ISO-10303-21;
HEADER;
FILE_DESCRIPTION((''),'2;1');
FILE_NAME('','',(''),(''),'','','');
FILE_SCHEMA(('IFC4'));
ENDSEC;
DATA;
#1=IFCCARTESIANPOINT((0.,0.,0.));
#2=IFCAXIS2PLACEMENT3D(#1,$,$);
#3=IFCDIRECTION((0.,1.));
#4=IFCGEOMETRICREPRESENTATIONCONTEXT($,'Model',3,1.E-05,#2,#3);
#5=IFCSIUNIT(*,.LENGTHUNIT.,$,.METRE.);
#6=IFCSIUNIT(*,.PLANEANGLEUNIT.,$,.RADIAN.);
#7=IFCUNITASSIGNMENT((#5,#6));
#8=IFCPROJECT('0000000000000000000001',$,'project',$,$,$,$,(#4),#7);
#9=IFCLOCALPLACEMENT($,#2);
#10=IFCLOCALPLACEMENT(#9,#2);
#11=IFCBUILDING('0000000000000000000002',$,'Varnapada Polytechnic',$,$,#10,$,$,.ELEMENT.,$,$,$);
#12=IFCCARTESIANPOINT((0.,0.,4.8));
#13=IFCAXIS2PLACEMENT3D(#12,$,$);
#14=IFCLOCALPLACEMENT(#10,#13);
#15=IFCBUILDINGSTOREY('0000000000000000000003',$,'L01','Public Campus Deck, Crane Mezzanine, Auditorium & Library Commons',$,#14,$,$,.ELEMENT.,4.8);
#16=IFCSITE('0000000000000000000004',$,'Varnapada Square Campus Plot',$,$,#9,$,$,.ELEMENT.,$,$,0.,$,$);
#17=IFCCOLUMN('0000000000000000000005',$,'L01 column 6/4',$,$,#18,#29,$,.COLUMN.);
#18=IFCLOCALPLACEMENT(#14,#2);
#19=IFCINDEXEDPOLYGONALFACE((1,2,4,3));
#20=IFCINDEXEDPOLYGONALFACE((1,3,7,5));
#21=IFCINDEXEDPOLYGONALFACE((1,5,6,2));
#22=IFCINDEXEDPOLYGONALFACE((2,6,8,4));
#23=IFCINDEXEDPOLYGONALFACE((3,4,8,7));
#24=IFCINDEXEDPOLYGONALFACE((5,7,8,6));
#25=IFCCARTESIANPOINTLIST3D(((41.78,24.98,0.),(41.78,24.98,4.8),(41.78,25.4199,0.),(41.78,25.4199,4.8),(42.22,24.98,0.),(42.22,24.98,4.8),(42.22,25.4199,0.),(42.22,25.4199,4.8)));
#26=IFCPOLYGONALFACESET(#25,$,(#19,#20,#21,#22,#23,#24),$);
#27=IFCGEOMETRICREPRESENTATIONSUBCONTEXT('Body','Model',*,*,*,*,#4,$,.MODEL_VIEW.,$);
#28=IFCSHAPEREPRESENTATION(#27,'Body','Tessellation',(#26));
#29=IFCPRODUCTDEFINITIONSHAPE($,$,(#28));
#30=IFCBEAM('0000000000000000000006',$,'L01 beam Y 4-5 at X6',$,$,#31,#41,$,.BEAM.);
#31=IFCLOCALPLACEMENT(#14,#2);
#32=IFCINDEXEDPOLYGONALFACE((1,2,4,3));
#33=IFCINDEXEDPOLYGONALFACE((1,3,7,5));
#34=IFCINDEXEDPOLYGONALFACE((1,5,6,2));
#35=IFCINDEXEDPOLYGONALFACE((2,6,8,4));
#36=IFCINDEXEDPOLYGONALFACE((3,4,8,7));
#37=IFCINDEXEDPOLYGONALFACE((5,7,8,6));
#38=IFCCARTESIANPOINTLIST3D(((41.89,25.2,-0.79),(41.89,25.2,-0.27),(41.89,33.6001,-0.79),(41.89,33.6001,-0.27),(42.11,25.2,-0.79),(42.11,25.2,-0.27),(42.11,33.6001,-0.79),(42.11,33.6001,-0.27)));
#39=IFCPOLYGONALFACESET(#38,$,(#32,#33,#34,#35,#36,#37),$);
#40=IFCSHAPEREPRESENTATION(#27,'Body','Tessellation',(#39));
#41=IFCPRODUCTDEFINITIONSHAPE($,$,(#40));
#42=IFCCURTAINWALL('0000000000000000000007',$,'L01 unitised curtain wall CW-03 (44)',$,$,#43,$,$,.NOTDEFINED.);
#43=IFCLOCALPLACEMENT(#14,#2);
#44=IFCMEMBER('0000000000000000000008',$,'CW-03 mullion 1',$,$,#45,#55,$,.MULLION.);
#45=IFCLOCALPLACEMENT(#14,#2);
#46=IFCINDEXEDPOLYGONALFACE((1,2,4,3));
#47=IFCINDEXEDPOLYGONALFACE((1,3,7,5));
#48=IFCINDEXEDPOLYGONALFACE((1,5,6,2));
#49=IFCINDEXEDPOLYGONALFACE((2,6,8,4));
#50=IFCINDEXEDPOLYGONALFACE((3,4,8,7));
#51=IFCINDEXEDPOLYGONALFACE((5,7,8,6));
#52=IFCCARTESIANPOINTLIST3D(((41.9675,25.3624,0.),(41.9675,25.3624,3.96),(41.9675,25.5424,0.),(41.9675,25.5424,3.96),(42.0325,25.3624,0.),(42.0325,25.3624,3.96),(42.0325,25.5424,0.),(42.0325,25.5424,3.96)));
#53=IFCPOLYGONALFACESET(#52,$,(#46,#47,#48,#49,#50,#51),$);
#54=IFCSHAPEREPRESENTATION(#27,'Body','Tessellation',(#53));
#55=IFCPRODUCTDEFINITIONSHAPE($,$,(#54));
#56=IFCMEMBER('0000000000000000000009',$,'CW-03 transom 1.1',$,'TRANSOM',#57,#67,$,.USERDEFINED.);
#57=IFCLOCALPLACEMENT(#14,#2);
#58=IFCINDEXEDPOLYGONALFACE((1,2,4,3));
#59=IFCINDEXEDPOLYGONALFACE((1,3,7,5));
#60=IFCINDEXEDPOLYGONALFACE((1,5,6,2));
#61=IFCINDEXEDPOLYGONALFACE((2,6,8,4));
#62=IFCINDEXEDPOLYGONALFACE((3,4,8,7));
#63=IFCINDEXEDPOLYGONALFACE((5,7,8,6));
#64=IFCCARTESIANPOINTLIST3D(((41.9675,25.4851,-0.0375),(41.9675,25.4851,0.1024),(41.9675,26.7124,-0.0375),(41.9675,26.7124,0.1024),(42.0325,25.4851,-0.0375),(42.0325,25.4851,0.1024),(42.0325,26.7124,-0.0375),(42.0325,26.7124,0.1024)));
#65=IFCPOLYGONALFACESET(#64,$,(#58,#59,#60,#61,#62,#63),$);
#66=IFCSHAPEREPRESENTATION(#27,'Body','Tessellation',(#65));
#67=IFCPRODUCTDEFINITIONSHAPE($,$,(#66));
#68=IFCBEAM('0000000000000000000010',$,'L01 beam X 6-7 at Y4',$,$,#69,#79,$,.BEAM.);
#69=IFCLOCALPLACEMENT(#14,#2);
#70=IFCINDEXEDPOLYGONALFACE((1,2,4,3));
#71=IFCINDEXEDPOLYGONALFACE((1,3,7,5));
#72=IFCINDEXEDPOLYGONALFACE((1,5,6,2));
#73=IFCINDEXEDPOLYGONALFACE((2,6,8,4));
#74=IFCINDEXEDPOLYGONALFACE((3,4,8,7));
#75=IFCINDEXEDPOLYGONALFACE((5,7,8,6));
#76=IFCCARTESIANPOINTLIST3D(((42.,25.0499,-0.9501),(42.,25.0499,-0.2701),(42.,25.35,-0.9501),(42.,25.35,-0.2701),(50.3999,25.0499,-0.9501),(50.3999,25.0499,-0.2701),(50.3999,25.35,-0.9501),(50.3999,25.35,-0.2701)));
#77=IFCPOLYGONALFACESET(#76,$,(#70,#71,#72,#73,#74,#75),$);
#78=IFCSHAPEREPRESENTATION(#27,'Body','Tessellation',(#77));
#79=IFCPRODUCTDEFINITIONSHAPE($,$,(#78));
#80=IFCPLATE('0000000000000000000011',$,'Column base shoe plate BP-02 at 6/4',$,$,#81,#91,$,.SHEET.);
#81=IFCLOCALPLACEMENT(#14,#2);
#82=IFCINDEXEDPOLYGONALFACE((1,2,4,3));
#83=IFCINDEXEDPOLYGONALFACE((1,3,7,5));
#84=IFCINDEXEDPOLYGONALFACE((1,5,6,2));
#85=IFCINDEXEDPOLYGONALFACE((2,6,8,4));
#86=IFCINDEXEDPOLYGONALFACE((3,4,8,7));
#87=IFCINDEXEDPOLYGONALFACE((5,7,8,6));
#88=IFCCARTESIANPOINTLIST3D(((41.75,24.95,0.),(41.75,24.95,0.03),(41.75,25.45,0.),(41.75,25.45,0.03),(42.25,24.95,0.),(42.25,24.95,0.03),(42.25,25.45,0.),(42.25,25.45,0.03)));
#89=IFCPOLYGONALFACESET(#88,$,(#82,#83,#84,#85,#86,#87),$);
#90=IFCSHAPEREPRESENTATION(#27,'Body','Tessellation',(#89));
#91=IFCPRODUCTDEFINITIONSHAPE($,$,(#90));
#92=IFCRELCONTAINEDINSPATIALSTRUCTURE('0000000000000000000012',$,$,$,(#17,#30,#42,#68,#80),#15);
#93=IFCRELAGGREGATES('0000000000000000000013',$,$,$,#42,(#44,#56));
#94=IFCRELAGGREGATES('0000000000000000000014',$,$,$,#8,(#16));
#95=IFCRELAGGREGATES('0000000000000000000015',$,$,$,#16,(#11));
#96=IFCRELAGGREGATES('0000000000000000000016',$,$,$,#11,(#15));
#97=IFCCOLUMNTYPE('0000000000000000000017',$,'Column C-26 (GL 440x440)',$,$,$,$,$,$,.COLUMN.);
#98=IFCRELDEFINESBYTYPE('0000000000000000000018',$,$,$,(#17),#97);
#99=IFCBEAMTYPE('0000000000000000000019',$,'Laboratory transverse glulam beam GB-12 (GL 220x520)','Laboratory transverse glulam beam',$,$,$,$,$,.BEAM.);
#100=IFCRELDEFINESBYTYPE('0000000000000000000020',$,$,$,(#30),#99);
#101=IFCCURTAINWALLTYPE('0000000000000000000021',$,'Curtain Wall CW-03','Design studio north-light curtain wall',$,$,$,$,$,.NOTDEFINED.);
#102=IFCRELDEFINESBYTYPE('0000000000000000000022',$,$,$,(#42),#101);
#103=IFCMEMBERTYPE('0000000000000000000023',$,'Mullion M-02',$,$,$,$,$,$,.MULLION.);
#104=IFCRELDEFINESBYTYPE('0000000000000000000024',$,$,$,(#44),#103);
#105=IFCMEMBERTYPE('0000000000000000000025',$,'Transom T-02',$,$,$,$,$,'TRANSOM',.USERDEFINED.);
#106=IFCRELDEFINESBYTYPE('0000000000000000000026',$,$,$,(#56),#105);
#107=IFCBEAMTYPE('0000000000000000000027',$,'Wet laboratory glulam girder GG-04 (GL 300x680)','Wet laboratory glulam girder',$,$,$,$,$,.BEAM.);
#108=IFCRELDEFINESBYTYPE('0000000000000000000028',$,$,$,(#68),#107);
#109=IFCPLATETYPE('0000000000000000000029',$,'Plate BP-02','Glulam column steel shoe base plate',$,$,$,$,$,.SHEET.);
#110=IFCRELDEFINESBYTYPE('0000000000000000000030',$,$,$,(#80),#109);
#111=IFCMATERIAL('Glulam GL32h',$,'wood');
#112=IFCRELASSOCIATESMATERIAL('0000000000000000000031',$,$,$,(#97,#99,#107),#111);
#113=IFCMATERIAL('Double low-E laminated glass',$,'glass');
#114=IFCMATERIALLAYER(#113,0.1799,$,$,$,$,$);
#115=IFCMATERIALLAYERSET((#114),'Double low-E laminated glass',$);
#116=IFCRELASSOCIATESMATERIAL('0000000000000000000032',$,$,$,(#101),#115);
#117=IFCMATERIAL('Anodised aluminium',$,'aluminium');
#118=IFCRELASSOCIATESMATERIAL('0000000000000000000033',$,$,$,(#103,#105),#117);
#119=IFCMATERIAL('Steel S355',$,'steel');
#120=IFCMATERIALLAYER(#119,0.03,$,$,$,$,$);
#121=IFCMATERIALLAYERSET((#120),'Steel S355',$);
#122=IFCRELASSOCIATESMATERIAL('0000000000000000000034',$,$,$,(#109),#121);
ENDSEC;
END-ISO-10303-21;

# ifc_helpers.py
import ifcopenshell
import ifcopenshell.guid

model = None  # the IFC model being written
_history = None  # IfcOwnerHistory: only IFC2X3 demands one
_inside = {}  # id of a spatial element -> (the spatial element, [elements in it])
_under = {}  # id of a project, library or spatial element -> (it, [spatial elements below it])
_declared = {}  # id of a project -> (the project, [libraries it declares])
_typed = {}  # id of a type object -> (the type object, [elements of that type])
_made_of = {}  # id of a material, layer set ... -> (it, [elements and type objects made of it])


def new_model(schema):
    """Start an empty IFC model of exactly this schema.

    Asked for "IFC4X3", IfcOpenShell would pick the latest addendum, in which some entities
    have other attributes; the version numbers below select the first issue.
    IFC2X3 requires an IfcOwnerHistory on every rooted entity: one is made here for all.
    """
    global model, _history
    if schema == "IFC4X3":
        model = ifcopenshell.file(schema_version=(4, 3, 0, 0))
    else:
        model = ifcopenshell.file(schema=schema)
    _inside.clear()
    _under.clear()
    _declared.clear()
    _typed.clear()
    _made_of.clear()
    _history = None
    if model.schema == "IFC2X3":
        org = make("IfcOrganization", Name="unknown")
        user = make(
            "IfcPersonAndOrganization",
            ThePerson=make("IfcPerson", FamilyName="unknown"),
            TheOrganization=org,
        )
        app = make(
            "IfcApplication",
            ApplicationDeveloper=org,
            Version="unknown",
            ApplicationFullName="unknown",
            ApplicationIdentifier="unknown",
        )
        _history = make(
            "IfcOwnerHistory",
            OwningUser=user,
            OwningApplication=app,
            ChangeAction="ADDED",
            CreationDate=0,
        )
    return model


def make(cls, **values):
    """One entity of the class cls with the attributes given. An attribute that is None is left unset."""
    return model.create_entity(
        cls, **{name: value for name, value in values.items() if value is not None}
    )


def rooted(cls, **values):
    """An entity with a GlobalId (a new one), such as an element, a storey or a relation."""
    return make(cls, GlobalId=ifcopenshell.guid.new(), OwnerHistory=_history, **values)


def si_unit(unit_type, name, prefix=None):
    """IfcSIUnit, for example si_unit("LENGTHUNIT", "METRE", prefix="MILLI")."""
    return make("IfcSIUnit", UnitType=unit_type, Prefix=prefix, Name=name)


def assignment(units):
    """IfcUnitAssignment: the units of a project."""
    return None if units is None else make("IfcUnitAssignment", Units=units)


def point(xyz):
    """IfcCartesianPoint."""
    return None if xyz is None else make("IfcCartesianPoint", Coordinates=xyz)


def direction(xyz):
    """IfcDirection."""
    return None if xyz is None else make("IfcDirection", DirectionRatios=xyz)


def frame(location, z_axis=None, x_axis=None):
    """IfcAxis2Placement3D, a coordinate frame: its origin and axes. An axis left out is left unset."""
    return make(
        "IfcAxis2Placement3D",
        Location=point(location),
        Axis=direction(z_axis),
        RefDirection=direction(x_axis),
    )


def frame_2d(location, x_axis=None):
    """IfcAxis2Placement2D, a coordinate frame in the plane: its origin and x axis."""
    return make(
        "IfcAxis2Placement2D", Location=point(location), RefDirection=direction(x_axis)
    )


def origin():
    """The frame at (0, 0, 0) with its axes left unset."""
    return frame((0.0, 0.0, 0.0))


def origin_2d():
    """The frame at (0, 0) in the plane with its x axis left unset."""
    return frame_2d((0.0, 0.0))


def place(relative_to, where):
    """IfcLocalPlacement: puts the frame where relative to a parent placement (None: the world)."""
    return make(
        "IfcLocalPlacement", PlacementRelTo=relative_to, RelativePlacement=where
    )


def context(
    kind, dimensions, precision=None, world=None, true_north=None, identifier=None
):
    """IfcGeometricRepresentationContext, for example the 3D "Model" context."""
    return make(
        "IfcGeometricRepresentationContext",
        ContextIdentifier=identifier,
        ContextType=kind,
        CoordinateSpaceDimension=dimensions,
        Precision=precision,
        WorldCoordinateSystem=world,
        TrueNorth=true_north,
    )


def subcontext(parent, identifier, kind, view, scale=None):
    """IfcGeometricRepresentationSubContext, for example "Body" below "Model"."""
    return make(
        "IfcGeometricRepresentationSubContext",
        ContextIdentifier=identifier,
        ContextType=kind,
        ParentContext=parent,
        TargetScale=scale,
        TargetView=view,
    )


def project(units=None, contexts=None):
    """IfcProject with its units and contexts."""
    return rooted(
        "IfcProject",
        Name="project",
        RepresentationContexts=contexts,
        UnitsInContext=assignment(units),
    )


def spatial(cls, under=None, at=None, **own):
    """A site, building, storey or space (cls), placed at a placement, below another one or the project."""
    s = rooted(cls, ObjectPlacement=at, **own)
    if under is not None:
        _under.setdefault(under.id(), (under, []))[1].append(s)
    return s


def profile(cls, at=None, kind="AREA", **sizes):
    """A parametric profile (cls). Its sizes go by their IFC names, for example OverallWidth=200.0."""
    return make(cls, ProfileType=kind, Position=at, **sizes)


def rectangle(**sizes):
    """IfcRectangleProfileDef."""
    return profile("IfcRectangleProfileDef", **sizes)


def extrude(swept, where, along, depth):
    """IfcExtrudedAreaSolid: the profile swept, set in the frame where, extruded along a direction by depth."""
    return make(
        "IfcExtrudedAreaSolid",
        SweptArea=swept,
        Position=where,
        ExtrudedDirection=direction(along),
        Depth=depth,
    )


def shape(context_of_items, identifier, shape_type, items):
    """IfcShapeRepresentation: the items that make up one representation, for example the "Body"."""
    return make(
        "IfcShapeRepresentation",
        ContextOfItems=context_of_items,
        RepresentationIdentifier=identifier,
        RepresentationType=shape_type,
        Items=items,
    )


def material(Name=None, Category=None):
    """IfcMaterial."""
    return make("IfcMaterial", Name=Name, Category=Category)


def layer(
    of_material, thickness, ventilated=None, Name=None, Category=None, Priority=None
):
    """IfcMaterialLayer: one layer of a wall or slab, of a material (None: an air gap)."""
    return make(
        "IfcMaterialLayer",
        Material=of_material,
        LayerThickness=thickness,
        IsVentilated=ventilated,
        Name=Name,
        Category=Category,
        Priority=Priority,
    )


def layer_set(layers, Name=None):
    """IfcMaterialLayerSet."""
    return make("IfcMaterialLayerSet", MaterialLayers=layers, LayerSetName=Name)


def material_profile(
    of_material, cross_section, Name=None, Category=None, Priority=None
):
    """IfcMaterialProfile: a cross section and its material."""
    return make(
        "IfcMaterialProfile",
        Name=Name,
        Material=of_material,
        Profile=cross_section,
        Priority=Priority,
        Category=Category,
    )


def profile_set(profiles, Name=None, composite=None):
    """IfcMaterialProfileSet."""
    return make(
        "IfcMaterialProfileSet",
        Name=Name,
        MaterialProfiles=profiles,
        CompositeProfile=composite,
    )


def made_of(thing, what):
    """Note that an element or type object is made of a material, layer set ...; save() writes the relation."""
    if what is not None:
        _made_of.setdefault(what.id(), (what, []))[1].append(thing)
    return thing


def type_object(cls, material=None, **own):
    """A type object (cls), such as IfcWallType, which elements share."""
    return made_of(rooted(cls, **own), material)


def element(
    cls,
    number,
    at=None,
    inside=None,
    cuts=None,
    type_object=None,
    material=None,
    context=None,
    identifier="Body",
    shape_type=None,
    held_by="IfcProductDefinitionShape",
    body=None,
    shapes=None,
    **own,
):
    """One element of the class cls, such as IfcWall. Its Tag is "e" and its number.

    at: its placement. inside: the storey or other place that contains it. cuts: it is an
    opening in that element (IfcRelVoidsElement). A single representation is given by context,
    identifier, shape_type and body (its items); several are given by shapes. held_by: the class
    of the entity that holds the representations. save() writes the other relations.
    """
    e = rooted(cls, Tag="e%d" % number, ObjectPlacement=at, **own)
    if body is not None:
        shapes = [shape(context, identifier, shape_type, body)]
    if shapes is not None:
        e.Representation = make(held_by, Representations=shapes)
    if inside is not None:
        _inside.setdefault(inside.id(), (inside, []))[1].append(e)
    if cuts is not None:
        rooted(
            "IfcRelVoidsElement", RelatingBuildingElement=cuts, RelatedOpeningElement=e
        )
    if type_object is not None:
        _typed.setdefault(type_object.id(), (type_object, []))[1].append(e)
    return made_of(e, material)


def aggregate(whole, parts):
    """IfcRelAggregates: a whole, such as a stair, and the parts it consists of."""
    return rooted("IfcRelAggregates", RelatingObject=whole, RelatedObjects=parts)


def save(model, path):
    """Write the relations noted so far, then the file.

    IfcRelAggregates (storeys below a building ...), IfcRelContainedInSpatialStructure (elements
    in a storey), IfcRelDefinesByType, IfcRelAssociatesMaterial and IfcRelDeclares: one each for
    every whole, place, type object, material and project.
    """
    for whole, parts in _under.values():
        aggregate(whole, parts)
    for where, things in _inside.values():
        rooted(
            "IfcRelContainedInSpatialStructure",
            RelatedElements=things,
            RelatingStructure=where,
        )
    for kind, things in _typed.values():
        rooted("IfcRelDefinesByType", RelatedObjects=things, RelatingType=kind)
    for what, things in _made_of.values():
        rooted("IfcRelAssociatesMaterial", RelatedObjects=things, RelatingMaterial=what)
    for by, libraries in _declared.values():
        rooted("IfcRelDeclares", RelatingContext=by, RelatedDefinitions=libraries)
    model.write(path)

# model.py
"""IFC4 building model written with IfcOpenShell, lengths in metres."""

from ifc_helpers import new_model, si_unit, direction, frame, origin, origin_2d, place, context, subcontext, project, spatial, rectangle, extrude, material, layer, layer_set, material_profile, profile_set, type_object, element, aggregate, save


model = new_model("IFC4")

# Units and contexts
model_context = context("Model", 3, precision=1e-05, world=origin(), true_north=direction((0.0, 1.0)))
body_context = subcontext(model_context, "Body", "Model", "MODEL_VIEW")
ifc_project = project(units=[si_unit("LENGTHUNIT", "METRE"), si_unit("PLANEANGLEUNIT", "RADIAN")], contexts=[model_context])

# Site, building, storey
site_placement = place(None, origin())
site = spatial("IfcSite", under=ifc_project, at=site_placement, Name="Varnapada Square Campus Plot", CompositionType="ELEMENT", RefElevation=0.0)
building_placement = place(site_placement, origin())
building = spatial("IfcBuilding", under=site, at=building_placement, Name="Varnapada Polytechnic", CompositionType="ELEMENT")
storey_placement = place(building_placement, frame((0.0, 0.0, 4.8)))
storey = spatial("IfcBuildingStorey", under=building, at=storey_placement, Name="L01", Description="Public Campus Deck, Crane Mezzanine, Auditorium & Library Commons", CompositionType="ELEMENT", Elevation=4.8)

# Column
ifc_material_1 = material(Name="Glulam GL32h", Category="wood")
ifc_material_profile_1 = material_profile(ifc_material_1, rectangle(XDim=0.4399, YDim=0.4399, at=origin_2d()), Name="GL 440x440")
ifc_profile_set_1 = profile_set([ifc_material_profile_1], Name="Glulam GL32h")
column_type = type_object("IfcColumnType", Name="Column C-26 (GL 440x440)", PredefinedType="COLUMN", material=ifc_profile_set_1)
column_placement = place(storey_placement, frame((42.0, 25.2, 0.0), z_axis=(0.0, 0.0, 1.0), x_axis=(1.0, 0.0, 0.0)))
element("IfcColumn", 1, at=column_placement, inside=storey, type_object=column_type, Name="L01 column 6/4", PredefinedType="COLUMN", context=body_context, shape_type="SweptSolid", body=[
    extrude(rectangle(XDim=0.4399, YDim=0.4399, at=origin_2d()), origin(), (0.0, 0.0, 1.0), 4.8),
])

# Beam
ifc_material_profile_2 = material_profile(ifc_material_1, rectangle(XDim=0.22, YDim=0.52, at=origin_2d()), Name="GL 220x520")
ifc_profile_set_2 = profile_set([ifc_material_profile_2], Name="Glulam GL32h")
beam_type_1 = type_object("IfcBeamType", Name="Laboratory transverse glulam beam GB-12 (GL 220x520)", Description="Laboratory transverse glulam beam", PredefinedType="BEAM", material=ifc_profile_set_2)
beam_1_placement = place(storey_placement, frame((42.0, 25.2, -0.53), z_axis=(0.0, 1.0, 0.0), x_axis=(-1.0, 0.0, 0.0)))
element("IfcBeam", 2, at=beam_1_placement, inside=storey, type_object=beam_type_1, Name="L01 beam Y 4-5 at X6", PredefinedType="BEAM", context=body_context, shape_type="SweptSolid", body=[
    extrude(rectangle(XDim=0.22, YDim=0.52, at=origin_2d()), origin(), (0.0, 0.0, 1.0), 8.4001),
])

# Curtain wall, members
ifc_material_2 = material(Name="Double low-E laminated glass", Category="glass")
ifc_layer_1 = layer(ifc_material_2, 0.1799)
ifc_layer_set_1 = layer_set([ifc_layer_1], Name="Double low-E laminated glass")
curtain_wall_type = type_object("IfcCurtainWallType", Name="Curtain Wall CW-03", Description="Design studio north-light curtain wall", PredefinedType="NOTDEFINED", material=ifc_layer_set_1)
curtain_wall_placement = place(storey_placement, origin())
curtain_wall = element("IfcCurtainWall", 3, at=curtain_wall_placement, inside=storey, type_object=curtain_wall_type, Name="L01 unitised curtain wall CW-03 (44)", PredefinedType="NOTDEFINED")
ifc_material_3 = material(Name="Anodised aluminium", Category="aluminium")
ifc_material_profile_3 = material_profile(ifc_material_3, rectangle(XDim=0.0649, YDim=0.1799, at=origin_2d()), Name="ALU M65x180")
ifc_profile_set_3 = profile_set([ifc_material_profile_3], Name="Anodised aluminium")
member_type_1 = type_object("IfcMemberType", Name="Mullion M-02", PredefinedType="MULLION", material=ifc_profile_set_3)
member_1_placement = place(storey_placement, frame((42.0, 25.4524, 0.0), z_axis=(0.0, 0.0, 1.0), x_axis=(-1.0, 0.0, 0.0)))
member_1 = element("IfcMember", 4, at=member_1_placement, type_object=member_type_1, Name="CW-03 mullion 1", PredefinedType="MULLION", context=body_context, shape_type="SweptSolid", body=[
    extrude(rectangle(XDim=0.0649, YDim=0.1799, at=origin_2d()), origin(), (0.0, 0.0, 1.0), 3.96),
])
ifc_material_profile_4 = material_profile(ifc_material_3, rectangle(XDim=0.0649, YDim=0.1399, at=origin_2d()), Name="ALU T65x140")
ifc_profile_set_4 = profile_set([ifc_material_profile_4], Name="Anodised aluminium")
member_type_2 = type_object("IfcMemberType", Name="Transom T-02", ElementType="TRANSOM", PredefinedType="USERDEFINED", material=ifc_profile_set_4)
member_2_placement = place(storey_placement, frame((42.0, 25.4851, 0.0325), z_axis=(0.0, 1.0, 0.0), x_axis=(-1.0, 0.0, 0.0)))
member_2 = element("IfcMember", 5, at=member_2_placement, type_object=member_type_2, Name="CW-03 transom 1.1", ObjectType="TRANSOM", PredefinedType="USERDEFINED", context=body_context, shape_type="SweptSolid", body=[
    extrude(rectangle(XDim=0.0649, YDim=0.1399, at=origin_2d()), origin(), (0.0, 0.0, 1.0), 1.2273),
])
aggregate(curtain_wall, [member_1, member_2])

# Beam
ifc_material_profile_5 = material_profile(ifc_material_1, rectangle(XDim=0.3, YDim=0.6799, at=origin_2d()), Name="GL 300x680")
ifc_profile_set_5 = profile_set([ifc_material_profile_5], Name="Glulam GL32h")
beam_type_2 = type_object("IfcBeamType", Name="Wet laboratory glulam girder GG-04 (GL 300x680)", Description="Wet laboratory glulam girder", PredefinedType="BEAM", material=ifc_profile_set_5)
beam_2_placement = place(storey_placement, frame((42.0, 25.2, -0.6101), z_axis=(1.0, 0.0, 0.0), x_axis=(0.0, 1.0, 0.0)))
element("IfcBeam", 6, at=beam_2_placement, inside=storey, type_object=beam_type_2, Name="L01 beam X 6-7 at Y4", PredefinedType="BEAM", context=body_context, shape_type="SweptSolid", body=[
    extrude(rectangle(XDim=0.3, YDim=0.6799, at=origin_2d()), origin(), (0.0, 0.0, 1.0), 8.3999),
])

# Plate
ifc_material_4 = material(Name="Steel S355", Category="steel")
ifc_layer_2 = layer(ifc_material_4, 0.03)
ifc_layer_set_2 = layer_set([ifc_layer_2], Name="Steel S355")
plate_type = type_object("IfcPlateType", Name="Plate BP-02", Description="Glulam column steel shoe base plate", PredefinedType="SHEET", material=ifc_layer_set_2)
plate_placement = place(storey_placement, frame((42.0, 25.2, 0.0), z_axis=(0.0, 0.0, 1.0), x_axis=(1.0, 0.0, 0.0)))
element("IfcPlate", 7, at=plate_placement, inside=storey, type_object=plate_type, Name="Column base shoe plate BP-02 at 6/4", PredefinedType="SHEET", context=body_context, shape_type="SweptSolid", body=[
    extrude(rectangle(XDim=0.5, YDim=0.5, at=origin_2d()), origin(), (0.0, 0.0, 1.0), 0.03),
])

save(model, "model.ifc")
